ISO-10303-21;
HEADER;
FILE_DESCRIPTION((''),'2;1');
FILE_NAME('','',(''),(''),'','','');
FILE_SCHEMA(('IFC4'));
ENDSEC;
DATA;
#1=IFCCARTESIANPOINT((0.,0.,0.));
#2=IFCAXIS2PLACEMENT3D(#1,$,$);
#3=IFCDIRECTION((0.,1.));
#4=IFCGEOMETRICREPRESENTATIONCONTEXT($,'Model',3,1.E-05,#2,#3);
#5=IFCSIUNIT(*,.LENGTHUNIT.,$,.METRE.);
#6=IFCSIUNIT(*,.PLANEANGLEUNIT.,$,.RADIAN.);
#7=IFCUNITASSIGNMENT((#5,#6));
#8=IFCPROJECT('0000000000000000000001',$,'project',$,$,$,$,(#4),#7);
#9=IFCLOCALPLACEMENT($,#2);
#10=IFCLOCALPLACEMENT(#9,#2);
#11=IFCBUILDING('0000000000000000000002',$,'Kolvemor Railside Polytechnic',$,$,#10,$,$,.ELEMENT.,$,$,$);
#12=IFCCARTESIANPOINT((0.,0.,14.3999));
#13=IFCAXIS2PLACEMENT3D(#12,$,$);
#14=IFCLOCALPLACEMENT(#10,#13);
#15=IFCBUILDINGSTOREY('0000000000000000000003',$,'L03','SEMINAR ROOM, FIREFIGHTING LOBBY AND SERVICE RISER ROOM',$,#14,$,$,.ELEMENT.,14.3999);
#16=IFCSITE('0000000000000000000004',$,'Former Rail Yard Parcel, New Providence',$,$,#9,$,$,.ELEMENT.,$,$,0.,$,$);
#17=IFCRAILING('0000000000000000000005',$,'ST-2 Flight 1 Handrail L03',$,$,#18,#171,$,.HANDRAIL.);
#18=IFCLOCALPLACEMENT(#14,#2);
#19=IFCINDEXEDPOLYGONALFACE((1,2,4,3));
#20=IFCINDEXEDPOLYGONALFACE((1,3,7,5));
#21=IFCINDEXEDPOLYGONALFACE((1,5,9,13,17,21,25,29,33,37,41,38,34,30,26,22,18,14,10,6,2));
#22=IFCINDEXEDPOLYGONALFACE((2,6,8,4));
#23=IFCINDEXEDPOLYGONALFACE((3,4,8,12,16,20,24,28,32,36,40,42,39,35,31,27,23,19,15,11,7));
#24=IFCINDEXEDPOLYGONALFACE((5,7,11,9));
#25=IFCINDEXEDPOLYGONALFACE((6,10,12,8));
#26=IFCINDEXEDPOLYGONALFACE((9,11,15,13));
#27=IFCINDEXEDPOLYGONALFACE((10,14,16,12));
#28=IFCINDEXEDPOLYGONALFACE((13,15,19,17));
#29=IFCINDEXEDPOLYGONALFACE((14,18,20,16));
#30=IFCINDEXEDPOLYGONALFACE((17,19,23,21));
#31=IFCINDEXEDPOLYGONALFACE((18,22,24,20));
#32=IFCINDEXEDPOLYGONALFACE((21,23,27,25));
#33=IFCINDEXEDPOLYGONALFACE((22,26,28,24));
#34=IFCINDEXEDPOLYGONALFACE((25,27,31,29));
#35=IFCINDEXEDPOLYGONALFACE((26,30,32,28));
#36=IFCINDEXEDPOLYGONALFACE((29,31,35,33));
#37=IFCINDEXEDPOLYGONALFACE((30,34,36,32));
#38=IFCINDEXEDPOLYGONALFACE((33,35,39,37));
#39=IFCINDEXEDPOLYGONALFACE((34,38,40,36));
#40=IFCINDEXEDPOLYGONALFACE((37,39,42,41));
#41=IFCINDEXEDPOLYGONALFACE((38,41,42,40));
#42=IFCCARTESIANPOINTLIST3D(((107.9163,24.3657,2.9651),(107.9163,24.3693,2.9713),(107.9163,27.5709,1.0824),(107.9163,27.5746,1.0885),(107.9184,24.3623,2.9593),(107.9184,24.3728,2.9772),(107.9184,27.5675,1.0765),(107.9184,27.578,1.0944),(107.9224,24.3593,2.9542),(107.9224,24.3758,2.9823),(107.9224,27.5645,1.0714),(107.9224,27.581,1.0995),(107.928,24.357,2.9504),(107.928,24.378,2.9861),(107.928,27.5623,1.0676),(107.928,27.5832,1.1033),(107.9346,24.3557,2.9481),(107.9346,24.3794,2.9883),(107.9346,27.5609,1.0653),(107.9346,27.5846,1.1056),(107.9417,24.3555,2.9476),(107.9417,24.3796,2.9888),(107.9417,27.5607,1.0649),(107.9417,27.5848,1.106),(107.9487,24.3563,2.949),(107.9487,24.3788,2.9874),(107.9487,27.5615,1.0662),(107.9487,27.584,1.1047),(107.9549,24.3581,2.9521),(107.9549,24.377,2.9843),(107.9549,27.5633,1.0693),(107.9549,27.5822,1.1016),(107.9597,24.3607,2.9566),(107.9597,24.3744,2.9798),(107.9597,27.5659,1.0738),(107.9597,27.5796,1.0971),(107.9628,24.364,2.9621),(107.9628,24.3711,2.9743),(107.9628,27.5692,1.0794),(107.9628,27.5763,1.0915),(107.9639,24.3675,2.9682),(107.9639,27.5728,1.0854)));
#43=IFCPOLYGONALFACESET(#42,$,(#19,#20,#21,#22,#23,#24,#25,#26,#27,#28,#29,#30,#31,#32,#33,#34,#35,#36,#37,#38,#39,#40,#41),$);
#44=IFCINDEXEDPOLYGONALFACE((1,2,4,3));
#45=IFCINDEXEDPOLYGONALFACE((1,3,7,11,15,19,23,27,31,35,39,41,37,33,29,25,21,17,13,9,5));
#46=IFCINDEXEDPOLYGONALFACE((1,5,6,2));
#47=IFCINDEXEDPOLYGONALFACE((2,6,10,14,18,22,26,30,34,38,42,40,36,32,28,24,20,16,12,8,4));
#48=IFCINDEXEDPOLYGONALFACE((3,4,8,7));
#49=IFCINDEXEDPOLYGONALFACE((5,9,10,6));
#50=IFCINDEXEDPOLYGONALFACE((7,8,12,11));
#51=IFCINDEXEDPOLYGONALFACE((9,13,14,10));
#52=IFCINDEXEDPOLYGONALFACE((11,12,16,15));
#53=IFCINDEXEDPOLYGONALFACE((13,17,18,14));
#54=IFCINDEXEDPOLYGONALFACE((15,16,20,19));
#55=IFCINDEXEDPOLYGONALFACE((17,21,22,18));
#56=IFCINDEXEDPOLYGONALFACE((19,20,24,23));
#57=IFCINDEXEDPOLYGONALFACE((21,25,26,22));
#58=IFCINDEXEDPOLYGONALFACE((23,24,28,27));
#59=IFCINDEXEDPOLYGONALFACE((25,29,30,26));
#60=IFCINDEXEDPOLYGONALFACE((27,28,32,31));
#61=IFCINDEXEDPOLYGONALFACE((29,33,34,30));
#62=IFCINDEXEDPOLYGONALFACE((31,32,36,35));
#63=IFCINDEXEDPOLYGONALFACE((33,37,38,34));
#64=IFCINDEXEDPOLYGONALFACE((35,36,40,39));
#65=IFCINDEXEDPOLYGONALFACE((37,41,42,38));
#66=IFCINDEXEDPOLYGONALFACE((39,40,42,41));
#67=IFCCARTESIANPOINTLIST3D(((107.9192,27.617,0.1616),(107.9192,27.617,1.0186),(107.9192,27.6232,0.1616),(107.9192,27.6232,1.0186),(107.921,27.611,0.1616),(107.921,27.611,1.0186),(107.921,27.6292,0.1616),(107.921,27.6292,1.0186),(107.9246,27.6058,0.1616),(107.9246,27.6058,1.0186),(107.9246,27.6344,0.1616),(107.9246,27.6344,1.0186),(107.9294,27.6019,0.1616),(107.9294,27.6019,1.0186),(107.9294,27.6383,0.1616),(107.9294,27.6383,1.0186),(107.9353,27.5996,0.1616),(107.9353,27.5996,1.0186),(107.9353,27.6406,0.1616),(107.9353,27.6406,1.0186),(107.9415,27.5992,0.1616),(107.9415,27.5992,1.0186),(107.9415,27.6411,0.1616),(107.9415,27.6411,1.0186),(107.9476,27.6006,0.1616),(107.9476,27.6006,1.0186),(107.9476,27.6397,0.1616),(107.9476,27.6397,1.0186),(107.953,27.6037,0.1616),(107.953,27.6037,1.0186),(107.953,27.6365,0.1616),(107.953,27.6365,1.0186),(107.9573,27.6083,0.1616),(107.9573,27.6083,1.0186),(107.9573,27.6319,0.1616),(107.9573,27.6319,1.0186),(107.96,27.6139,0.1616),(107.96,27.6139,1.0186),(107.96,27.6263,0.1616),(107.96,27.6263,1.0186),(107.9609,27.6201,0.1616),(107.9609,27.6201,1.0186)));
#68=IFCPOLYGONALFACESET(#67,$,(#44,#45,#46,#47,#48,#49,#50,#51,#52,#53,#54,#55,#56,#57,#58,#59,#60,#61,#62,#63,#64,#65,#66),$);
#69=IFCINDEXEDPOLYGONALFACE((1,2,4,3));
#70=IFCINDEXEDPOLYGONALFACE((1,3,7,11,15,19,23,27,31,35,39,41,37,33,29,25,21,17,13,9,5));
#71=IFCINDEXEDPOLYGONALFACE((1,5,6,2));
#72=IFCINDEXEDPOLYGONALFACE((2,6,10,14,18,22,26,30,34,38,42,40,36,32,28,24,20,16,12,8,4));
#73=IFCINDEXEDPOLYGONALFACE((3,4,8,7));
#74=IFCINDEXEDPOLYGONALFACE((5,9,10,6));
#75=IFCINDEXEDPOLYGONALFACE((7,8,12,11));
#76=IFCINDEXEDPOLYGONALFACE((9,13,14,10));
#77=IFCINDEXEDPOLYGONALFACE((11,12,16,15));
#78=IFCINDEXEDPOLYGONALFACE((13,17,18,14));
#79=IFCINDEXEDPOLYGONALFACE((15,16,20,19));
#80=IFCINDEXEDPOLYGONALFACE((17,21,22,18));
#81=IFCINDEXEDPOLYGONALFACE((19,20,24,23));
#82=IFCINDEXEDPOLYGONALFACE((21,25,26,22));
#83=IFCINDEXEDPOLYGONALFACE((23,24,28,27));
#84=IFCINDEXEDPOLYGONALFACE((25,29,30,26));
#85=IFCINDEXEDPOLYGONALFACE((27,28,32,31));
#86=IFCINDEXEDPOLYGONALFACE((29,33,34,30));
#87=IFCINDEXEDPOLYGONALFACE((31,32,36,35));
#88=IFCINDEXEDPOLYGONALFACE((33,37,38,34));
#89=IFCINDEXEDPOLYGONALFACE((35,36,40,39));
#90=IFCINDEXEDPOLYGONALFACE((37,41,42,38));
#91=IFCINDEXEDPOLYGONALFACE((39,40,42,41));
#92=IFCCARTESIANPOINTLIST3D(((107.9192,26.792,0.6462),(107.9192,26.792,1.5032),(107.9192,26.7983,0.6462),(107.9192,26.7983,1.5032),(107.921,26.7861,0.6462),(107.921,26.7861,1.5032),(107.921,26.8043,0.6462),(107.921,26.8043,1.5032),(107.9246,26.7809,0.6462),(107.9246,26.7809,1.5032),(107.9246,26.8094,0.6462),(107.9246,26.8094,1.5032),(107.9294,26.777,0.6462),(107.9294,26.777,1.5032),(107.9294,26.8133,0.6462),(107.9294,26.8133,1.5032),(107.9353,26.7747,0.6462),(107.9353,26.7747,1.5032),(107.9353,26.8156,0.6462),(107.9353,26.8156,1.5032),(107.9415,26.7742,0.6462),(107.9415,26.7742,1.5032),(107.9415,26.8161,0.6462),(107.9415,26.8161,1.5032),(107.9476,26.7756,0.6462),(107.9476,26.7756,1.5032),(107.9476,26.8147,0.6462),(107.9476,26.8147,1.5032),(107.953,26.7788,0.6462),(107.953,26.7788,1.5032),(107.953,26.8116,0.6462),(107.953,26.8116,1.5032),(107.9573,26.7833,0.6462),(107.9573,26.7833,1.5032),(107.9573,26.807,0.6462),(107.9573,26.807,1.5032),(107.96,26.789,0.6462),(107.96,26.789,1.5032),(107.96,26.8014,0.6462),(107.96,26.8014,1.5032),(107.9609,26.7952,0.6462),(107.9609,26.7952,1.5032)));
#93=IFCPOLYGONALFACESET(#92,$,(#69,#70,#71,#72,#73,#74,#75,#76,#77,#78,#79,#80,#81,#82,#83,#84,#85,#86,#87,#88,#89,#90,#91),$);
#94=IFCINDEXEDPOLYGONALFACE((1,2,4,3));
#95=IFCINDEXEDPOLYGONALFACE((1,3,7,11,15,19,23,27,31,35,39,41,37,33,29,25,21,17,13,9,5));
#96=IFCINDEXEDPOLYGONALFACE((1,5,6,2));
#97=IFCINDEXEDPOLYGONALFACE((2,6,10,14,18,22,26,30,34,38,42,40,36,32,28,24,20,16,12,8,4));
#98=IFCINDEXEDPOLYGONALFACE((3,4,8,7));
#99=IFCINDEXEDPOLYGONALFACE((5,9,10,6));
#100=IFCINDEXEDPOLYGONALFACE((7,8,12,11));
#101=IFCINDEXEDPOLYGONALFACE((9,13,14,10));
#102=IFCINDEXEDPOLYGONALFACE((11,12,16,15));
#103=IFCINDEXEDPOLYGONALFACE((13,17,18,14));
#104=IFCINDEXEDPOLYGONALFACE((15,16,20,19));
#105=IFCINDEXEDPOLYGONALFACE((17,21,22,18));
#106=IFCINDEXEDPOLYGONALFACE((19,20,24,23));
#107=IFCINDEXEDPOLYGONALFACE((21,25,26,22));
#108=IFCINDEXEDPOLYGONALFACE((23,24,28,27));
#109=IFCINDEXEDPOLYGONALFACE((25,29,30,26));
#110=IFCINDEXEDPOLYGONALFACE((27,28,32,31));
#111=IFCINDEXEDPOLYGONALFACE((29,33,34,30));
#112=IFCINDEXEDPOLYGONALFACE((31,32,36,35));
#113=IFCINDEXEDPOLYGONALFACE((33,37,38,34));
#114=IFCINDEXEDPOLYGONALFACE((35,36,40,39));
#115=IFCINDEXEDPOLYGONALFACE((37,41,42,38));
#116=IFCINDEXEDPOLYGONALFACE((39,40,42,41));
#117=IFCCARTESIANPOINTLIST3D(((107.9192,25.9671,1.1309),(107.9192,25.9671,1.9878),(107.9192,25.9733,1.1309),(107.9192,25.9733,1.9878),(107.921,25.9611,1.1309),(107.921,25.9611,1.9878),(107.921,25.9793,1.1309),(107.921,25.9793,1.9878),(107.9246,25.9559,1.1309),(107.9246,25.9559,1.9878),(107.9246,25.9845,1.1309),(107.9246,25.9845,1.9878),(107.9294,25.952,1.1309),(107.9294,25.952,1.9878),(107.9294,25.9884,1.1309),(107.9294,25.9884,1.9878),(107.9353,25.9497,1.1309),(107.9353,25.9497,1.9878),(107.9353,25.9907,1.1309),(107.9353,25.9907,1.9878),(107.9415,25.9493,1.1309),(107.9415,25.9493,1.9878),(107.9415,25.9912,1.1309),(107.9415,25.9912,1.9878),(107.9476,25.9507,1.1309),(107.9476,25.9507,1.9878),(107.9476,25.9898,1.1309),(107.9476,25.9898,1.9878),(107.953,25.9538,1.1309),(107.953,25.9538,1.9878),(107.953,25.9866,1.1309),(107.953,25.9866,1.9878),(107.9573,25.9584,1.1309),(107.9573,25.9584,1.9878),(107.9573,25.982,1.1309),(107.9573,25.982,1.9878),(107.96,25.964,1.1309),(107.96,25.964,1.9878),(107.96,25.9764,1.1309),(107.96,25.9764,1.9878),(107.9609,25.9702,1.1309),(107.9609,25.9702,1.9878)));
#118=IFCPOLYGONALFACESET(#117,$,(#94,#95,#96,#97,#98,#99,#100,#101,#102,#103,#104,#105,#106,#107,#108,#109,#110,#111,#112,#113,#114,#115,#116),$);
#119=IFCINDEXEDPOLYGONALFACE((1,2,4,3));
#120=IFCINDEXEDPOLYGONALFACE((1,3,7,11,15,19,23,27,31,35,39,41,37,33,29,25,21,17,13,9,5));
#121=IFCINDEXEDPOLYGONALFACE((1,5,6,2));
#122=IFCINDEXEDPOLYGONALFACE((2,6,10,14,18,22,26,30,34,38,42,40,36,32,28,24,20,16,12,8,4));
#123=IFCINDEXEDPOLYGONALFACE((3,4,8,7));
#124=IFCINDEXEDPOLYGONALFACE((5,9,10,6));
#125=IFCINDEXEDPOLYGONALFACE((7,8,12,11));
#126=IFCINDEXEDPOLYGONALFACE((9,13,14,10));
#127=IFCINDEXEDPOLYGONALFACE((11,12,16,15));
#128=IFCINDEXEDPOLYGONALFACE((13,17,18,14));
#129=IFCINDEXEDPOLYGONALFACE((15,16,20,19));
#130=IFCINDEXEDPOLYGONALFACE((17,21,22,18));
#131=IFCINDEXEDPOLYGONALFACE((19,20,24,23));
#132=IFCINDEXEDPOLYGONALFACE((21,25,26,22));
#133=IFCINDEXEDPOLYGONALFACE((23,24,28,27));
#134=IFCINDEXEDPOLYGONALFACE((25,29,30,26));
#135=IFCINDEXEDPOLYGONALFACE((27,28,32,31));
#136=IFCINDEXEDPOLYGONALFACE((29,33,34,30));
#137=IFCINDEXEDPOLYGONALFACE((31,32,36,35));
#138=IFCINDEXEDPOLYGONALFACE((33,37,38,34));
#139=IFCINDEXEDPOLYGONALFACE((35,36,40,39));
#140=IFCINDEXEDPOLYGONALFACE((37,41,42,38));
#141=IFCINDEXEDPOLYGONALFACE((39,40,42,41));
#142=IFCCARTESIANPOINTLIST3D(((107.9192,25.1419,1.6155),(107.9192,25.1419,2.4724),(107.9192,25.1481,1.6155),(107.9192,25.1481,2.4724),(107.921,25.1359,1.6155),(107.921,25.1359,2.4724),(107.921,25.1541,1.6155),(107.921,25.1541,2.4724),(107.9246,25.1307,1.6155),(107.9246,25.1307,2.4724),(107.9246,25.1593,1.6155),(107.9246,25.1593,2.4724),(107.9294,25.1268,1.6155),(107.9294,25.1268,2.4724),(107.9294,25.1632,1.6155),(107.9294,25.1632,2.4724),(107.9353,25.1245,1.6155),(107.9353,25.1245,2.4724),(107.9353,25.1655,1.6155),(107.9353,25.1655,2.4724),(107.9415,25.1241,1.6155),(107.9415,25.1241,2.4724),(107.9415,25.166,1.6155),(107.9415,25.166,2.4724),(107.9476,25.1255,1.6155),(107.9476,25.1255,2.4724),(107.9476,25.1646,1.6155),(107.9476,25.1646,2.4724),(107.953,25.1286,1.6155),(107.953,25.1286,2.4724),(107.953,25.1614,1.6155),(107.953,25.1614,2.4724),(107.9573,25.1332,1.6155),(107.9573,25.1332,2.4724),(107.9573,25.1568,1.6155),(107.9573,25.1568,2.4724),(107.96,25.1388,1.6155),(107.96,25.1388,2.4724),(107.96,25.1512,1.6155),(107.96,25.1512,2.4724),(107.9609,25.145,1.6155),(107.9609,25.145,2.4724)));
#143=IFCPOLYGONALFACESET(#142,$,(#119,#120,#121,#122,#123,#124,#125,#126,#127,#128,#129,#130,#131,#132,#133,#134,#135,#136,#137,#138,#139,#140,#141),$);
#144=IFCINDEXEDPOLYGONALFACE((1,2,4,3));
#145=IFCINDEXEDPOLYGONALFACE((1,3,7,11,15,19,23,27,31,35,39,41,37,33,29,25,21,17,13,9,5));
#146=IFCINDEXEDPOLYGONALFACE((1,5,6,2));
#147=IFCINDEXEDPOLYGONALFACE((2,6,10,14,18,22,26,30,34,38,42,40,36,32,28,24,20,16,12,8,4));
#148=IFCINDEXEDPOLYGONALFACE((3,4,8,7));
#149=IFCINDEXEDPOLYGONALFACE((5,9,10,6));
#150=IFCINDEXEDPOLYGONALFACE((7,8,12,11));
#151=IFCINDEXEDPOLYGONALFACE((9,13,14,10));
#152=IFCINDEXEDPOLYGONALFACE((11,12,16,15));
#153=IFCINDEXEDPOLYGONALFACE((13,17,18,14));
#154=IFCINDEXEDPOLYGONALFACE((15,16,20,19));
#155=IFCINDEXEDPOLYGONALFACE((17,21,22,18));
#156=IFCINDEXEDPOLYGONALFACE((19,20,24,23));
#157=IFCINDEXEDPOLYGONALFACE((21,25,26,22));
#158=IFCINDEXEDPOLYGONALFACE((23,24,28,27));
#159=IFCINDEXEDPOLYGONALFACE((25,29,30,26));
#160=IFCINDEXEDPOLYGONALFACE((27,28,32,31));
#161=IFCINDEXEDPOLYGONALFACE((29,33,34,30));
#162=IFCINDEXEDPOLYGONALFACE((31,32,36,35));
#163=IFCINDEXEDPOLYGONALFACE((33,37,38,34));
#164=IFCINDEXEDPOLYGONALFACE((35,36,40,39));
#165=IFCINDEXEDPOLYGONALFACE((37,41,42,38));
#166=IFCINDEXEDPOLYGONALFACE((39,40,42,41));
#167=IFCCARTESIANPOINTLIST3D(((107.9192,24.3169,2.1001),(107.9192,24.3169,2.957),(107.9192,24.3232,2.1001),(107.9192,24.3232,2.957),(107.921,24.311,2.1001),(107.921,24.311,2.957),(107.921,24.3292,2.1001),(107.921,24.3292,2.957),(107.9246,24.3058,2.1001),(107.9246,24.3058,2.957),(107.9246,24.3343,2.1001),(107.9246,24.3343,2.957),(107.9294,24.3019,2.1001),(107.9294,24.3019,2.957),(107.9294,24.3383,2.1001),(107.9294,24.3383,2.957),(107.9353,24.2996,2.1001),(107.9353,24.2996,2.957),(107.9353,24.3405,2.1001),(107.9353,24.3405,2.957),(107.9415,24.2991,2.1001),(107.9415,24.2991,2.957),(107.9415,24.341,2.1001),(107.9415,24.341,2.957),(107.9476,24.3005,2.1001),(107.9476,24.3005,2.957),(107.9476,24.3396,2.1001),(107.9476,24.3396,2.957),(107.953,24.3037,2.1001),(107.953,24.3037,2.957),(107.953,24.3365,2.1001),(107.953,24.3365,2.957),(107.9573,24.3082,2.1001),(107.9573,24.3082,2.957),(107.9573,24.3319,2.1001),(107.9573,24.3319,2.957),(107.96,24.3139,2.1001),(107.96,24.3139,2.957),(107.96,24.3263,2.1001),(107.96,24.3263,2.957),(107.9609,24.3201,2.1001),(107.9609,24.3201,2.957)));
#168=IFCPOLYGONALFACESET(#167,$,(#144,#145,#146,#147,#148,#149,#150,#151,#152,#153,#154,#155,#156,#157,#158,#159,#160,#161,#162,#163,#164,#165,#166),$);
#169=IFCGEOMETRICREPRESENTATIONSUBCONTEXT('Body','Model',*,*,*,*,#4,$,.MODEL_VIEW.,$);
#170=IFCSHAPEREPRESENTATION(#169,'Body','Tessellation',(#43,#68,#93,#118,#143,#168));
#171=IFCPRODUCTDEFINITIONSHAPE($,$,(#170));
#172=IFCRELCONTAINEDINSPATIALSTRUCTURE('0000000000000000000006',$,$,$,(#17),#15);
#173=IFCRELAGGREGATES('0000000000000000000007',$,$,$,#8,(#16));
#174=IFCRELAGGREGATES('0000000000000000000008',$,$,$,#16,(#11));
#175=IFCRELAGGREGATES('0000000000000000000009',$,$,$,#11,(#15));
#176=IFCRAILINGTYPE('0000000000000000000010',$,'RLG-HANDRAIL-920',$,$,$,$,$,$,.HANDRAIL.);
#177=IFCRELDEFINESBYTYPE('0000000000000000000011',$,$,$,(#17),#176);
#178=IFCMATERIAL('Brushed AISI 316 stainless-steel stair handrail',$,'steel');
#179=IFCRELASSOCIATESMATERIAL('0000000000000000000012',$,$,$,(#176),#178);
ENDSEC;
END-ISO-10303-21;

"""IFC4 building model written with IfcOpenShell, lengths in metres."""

from ifc_helpers import new_model, si_unit, direction, frame, origin, origin_2d, place, context, subcontext, project, spatial, circle, extrude, material, type_object, element, save


model = new_model("IFC4")

# Units and contexts
model_context = context("Model", 3, precision=1e-05, world=origin(), true_north=direction((0.0, 1.0)))
body_context = subcontext(model_context, "Body", "Model", "MODEL_VIEW")
ifc_project = project(units=[si_unit("LENGTHUNIT", "METRE"), si_unit("PLANEANGLEUNIT", "RADIAN")], contexts=[model_context])

# Site, building, storey
site_placement = place(None, origin())
site = spatial("IfcSite", under=ifc_project, at=site_placement, Name="Former Rail Yard Parcel, New Providence", CompositionType="ELEMENT", RefElevation=0.0)
building_placement = place(site_placement, origin())
building = spatial("IfcBuilding", under=site, at=building_placement, Name="Kolvemor Railside Polytechnic", CompositionType="ELEMENT")
storey_placement = place(building_placement, frame((0.0, 0.0, 14.3999)))
storey = spatial("IfcBuildingStorey", under=building, at=storey_placement, Name="L03", Description="SEMINAR ROOM, FIREFIGHTING LOBBY AND SERVICE RISER ROOM", CompositionType="ELEMENT", Elevation=14.3999)

# Railing
ifc_material_1 = material(Name="Brushed AISI 316 stainless-steel stair handrail", Category="steel")
railing_type_1 = type_object("IfcRailingType", Name="RLG-HANDRAIL-920", PredefinedType="HANDRAIL", material=ifc_material_1)
railing_1_placement = place(storey_placement, frame((107.9399, 27.6201, 0.1616)))
element("IfcRailing", 1, at=railing_1_placement, inside=storey, type_object=railing_type_1, Name="ST-2 Flight 1 Handrail L03", PredefinedType="HANDRAIL", context=body_context, shape_type="SweptSolid", body=[
    extrude(circle(Radius=0.0239, at=origin_2d()), frame((0.0, -0.0474, 0.9238), z_axis=(0.0, -0.862246, 0.50649), x_axis=(1.0, 0.0, 0.0)), (0.0, 0.0, 1.0), 3.7173),
    extrude(circle(Radius=0.021, at=origin_2d()), origin(), (0.0, 0.0, 1.0), 0.8569),
    extrude(circle(Radius=0.021, at=origin_2d()), frame((0.0, -0.825, 0.4846)), (0.0, 0.0, 1.0), 0.8569),
    extrude(circle(Radius=0.021, at=origin_2d()), frame((0.0, -1.6499, 0.9692)), (0.0, 0.0, 1.0), 0.8569),
    extrude(circle(Radius=0.021, at=origin_2d()), frame((0.0, -2.4751, 1.4539)), (0.0, 0.0, 1.0), 0.8569),
    extrude(circle(Radius=0.021, at=origin_2d()), frame((0.0, -3.3, 1.9385)), (0.0, 0.0, 1.0), 0.8569),
])

save(model, "model.ifc")
